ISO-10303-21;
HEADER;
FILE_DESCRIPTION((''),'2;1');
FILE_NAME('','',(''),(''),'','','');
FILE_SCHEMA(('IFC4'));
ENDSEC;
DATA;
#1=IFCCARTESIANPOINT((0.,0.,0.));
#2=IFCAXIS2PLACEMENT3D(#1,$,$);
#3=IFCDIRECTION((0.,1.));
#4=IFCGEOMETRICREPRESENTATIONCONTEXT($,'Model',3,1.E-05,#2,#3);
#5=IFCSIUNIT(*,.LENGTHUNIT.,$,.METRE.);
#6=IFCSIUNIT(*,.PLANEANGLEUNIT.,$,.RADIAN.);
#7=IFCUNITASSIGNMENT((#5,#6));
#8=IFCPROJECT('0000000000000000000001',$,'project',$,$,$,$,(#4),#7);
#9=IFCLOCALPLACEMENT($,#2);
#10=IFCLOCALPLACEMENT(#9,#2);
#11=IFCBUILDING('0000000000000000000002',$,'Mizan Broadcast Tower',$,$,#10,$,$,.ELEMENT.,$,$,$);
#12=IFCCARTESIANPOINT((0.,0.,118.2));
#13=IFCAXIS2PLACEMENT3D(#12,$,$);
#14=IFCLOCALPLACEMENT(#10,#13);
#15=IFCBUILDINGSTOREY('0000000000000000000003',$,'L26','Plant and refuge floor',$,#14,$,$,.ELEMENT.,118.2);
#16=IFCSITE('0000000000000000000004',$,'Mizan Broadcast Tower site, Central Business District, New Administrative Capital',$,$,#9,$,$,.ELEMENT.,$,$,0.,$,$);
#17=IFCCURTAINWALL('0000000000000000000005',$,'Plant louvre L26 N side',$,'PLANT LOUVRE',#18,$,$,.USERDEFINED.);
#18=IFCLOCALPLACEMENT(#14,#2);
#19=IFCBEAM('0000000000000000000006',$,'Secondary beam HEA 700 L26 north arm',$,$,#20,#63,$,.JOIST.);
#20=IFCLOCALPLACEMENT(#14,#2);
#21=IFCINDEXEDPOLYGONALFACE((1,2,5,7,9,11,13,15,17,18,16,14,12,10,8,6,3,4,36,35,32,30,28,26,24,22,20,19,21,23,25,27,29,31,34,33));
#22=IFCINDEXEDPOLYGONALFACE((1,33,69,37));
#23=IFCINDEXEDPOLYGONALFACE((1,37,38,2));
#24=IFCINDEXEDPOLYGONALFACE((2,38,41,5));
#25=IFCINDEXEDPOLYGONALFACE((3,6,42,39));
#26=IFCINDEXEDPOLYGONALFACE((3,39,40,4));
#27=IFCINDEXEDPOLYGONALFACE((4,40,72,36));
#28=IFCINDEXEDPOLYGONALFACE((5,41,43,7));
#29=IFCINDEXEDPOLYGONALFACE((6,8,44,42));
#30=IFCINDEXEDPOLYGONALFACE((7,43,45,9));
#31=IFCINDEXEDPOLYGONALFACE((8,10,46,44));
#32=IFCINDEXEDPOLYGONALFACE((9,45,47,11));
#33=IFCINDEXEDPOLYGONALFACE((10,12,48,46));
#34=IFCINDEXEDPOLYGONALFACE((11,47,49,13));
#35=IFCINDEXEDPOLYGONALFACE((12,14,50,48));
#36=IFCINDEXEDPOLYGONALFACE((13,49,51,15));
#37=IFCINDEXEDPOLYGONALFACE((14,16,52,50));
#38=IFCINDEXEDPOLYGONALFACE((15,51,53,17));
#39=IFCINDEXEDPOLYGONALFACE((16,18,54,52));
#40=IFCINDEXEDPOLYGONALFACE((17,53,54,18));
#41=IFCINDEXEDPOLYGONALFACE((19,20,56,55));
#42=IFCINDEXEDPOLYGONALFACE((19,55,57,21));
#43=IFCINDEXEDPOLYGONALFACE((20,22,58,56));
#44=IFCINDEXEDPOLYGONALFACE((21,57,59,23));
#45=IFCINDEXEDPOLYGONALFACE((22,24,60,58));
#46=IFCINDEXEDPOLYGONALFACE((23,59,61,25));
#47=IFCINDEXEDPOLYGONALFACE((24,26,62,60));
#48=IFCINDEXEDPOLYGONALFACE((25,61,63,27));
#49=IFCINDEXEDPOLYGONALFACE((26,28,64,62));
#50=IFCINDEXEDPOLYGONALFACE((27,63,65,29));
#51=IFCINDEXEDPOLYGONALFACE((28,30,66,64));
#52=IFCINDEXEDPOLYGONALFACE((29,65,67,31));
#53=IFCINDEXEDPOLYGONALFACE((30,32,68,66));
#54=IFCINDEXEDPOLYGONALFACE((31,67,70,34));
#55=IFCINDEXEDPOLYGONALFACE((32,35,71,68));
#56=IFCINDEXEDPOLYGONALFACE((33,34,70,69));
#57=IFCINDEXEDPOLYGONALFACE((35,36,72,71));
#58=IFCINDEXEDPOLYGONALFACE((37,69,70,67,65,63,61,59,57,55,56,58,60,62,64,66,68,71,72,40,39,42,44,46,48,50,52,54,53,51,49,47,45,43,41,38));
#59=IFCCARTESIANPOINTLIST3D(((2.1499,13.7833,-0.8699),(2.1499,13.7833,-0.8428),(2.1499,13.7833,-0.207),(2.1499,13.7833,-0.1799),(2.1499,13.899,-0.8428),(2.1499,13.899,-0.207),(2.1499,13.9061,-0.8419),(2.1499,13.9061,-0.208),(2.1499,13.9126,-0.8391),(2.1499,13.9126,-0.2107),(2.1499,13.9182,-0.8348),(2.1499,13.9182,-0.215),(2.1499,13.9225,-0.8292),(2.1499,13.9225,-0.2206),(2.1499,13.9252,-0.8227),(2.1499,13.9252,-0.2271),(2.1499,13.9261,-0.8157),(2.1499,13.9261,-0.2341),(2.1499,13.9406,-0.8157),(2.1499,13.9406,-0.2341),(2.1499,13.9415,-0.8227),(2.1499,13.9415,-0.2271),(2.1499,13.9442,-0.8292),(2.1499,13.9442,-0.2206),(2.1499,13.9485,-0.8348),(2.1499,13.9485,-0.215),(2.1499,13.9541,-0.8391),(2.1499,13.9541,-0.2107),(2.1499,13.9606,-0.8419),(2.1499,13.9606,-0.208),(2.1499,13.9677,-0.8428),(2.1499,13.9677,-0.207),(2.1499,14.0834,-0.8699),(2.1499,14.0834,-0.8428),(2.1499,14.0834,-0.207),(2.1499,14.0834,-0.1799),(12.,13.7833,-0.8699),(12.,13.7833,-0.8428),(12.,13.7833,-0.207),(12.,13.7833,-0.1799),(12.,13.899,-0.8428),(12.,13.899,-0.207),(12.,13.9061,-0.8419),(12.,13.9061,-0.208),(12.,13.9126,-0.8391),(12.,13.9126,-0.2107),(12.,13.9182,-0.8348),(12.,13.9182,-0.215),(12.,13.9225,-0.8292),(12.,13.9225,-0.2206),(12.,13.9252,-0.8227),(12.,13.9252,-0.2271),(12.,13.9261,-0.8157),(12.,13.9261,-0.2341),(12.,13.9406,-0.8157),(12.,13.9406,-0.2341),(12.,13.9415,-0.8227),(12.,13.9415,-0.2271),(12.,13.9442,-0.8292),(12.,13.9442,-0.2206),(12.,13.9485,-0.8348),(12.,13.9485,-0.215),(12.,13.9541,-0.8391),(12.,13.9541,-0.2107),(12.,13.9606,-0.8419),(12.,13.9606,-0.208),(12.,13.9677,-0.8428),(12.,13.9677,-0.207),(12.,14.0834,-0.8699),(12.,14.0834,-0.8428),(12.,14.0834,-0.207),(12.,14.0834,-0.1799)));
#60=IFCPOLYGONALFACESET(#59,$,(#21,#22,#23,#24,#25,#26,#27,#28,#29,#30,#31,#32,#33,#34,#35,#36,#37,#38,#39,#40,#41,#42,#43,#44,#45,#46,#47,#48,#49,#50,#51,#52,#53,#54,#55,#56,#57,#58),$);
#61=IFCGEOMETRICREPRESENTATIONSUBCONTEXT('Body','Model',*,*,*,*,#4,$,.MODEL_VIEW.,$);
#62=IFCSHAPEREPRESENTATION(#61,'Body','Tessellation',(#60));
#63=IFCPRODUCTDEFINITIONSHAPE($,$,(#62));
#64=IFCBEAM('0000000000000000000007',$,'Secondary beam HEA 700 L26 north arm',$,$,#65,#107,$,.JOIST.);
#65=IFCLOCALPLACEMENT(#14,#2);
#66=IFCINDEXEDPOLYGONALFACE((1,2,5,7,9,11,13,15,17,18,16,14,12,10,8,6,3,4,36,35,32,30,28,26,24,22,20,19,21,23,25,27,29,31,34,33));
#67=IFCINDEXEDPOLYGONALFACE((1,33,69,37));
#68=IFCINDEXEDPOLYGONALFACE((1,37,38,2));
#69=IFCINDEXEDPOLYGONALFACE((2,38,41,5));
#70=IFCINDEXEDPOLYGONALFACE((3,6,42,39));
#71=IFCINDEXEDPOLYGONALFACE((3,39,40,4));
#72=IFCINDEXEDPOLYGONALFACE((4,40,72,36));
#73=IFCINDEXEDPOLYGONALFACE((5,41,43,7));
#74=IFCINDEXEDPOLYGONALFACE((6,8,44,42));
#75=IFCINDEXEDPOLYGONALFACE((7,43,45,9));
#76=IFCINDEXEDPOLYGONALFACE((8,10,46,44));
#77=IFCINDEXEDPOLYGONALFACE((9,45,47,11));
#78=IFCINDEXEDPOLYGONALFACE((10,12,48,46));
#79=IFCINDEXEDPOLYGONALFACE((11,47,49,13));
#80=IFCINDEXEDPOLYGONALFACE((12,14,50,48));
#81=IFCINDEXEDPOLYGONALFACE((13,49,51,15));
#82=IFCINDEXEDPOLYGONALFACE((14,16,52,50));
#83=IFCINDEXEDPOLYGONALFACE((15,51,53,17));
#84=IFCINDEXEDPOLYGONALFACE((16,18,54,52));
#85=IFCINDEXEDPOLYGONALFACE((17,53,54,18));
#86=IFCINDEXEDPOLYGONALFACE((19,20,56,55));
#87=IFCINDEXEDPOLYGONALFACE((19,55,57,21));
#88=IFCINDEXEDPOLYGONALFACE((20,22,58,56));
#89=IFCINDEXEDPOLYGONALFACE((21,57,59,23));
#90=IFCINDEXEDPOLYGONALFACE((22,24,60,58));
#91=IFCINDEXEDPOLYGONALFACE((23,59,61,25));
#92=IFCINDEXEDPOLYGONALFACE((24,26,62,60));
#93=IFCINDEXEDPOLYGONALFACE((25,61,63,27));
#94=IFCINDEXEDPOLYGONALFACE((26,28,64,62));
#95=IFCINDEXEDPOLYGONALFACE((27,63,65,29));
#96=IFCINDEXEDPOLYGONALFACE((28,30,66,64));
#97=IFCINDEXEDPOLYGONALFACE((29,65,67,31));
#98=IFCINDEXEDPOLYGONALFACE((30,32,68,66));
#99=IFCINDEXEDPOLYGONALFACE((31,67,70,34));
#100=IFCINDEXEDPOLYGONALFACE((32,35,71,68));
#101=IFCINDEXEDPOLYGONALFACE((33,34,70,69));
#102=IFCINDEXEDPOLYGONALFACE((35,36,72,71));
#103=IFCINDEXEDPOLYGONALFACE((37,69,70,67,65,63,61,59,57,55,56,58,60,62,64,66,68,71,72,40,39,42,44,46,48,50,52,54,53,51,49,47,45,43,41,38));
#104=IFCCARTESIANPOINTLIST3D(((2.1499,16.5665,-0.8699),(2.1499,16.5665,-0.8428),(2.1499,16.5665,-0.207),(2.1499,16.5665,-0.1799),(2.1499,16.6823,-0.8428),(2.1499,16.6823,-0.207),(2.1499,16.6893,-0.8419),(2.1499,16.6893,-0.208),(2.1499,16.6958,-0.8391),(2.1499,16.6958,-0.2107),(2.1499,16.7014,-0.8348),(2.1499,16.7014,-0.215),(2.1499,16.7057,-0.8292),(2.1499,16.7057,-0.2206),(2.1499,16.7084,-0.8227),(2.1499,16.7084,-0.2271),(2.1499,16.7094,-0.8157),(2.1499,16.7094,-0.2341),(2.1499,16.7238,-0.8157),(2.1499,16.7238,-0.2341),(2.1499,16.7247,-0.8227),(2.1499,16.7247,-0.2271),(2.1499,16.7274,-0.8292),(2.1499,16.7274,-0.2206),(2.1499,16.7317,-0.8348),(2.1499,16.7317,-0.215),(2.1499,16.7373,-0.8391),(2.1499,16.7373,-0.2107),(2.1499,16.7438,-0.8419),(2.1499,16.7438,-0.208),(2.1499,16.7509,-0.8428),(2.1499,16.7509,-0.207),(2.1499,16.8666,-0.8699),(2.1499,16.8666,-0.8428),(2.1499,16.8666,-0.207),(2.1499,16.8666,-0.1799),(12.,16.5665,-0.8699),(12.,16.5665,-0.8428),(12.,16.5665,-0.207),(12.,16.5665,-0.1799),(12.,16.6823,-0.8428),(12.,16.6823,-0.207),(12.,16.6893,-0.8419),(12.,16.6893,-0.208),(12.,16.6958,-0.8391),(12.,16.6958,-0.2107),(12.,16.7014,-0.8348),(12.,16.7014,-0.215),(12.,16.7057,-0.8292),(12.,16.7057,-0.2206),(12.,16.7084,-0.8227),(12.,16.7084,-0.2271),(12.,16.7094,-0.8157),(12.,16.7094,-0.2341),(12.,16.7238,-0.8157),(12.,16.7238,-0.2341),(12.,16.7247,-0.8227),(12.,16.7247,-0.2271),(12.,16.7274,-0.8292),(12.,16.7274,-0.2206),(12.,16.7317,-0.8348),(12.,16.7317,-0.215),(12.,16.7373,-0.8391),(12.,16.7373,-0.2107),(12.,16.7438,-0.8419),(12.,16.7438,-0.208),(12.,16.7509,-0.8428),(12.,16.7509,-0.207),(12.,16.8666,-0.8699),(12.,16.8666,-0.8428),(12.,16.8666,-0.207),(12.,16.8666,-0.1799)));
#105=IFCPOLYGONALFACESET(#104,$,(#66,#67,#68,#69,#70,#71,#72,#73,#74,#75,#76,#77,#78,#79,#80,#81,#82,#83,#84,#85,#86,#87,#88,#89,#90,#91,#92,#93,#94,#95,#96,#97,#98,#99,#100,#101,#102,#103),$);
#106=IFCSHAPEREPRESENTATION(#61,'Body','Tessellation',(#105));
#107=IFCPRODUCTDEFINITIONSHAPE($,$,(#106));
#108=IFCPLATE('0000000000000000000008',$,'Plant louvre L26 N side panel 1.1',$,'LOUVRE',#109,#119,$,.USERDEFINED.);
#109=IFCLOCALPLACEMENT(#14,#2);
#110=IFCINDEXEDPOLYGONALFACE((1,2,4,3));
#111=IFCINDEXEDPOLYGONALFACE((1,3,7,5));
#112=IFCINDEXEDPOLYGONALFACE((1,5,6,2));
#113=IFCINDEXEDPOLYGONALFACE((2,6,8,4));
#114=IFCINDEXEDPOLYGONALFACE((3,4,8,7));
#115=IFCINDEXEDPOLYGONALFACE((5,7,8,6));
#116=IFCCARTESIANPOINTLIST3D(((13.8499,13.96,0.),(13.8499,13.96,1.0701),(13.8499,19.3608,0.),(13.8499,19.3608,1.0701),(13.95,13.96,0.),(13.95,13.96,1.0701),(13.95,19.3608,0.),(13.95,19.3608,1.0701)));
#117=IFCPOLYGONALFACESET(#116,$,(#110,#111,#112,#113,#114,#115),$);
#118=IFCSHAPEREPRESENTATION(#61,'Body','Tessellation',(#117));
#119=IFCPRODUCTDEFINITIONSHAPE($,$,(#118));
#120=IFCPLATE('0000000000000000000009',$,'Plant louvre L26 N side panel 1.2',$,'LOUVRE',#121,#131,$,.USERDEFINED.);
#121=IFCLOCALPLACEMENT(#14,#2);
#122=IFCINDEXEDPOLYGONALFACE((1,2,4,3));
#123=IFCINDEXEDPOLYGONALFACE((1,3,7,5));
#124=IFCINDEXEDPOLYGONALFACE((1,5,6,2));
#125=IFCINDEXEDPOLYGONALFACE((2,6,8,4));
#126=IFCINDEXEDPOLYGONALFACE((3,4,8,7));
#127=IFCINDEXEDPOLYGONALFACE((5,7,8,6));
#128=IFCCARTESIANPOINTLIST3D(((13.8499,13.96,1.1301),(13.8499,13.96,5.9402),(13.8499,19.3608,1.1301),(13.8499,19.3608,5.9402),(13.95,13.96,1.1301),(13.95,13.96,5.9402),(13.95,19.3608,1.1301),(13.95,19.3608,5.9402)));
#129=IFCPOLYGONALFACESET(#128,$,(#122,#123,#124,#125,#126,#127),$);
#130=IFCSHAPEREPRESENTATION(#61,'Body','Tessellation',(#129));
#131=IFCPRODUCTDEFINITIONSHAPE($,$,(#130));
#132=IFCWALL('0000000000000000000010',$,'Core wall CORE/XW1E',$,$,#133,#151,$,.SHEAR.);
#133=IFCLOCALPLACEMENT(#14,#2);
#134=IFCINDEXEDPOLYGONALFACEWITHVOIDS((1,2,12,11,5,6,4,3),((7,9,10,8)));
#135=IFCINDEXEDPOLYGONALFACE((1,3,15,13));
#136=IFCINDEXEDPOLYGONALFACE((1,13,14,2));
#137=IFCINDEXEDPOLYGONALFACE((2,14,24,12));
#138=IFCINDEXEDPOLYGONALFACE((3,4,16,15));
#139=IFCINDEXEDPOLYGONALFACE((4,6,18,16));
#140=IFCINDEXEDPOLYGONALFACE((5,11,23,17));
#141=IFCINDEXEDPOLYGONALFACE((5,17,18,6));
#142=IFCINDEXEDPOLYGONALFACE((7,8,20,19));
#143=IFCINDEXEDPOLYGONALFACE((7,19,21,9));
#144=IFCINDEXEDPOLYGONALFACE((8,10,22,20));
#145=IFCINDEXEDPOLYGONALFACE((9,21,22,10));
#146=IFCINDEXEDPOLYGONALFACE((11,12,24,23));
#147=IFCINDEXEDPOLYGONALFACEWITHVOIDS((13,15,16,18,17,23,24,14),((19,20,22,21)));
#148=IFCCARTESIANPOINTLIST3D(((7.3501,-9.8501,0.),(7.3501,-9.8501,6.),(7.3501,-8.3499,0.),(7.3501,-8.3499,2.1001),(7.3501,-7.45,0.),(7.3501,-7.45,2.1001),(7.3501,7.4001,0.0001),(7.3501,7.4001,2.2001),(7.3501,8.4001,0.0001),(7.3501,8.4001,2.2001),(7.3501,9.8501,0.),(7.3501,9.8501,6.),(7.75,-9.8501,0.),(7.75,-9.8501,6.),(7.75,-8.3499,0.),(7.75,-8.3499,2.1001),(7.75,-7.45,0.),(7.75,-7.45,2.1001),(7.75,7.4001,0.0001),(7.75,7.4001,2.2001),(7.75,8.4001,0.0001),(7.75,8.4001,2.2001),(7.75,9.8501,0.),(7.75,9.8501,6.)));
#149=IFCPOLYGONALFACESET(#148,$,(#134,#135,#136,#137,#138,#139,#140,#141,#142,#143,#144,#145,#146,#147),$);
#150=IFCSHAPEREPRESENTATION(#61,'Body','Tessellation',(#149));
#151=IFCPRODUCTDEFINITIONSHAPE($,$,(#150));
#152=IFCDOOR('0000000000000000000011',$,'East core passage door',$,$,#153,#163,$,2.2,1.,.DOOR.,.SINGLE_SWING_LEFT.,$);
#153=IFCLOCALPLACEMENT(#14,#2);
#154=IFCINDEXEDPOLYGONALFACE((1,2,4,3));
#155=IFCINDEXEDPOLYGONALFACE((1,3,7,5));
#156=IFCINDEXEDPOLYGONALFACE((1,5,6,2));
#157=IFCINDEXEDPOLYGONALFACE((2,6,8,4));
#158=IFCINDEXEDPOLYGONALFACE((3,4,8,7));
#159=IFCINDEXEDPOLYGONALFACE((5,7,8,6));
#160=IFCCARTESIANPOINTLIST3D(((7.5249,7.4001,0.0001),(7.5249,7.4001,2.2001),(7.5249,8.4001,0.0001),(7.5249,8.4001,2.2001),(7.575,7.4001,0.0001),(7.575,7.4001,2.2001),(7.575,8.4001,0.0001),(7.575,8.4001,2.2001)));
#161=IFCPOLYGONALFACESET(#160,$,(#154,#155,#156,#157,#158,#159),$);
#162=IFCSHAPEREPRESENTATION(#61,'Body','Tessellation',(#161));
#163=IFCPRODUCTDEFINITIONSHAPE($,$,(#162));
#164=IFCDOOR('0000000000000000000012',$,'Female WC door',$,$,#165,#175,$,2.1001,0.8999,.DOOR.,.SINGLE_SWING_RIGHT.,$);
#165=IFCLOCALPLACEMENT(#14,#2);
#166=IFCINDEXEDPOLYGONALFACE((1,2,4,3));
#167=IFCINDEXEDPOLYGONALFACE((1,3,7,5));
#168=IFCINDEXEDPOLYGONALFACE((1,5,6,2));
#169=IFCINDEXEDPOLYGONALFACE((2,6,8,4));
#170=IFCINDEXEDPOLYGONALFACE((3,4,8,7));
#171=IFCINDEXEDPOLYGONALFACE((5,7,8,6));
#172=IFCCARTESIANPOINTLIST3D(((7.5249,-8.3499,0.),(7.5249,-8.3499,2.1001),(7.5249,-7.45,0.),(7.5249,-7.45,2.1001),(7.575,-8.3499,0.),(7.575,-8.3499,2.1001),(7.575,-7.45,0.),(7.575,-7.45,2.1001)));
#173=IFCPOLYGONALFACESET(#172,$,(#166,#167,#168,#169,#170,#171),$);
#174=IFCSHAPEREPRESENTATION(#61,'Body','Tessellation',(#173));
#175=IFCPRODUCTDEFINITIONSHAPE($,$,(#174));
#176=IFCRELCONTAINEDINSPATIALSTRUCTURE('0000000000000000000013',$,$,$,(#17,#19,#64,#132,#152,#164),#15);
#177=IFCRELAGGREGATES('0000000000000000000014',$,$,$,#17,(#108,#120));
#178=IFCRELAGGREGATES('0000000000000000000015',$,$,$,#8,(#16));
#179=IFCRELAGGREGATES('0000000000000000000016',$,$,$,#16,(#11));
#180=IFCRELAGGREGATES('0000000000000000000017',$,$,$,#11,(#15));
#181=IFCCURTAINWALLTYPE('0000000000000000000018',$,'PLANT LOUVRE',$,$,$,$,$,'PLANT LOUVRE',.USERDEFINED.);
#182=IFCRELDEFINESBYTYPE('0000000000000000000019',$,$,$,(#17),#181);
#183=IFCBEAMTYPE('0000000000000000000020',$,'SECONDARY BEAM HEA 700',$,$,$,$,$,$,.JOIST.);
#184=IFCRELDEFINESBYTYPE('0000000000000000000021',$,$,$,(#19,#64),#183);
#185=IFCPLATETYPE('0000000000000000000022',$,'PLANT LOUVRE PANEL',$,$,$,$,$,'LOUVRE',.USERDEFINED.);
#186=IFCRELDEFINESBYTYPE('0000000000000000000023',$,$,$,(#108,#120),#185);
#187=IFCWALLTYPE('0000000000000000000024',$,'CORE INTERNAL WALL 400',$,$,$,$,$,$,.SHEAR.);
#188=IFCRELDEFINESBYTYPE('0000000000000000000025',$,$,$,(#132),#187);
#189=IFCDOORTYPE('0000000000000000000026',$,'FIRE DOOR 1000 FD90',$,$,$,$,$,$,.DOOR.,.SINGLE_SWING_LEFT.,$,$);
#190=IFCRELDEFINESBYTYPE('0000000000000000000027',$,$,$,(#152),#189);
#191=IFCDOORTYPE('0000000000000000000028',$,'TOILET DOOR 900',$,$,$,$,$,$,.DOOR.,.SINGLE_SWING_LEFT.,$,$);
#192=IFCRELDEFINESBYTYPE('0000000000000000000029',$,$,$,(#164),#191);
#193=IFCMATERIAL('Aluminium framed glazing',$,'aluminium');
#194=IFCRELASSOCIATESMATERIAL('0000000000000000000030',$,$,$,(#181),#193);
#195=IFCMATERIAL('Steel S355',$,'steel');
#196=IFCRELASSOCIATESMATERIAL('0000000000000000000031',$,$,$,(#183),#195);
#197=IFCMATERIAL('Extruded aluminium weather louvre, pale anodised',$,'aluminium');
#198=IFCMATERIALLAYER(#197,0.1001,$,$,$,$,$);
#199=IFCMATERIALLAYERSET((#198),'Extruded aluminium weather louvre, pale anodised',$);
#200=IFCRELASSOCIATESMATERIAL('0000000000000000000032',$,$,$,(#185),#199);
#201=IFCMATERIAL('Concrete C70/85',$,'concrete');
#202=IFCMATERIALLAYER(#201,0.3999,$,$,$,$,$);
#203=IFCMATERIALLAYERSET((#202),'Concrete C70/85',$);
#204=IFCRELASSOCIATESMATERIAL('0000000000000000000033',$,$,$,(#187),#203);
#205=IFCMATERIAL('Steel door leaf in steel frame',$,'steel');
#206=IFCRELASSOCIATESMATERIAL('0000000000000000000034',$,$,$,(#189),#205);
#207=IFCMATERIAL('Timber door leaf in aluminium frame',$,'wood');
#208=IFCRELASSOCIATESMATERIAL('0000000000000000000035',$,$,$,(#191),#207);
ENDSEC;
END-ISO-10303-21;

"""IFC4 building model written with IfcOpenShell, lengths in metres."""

from ifc_helpers import new_model, si_unit, direction, frame, frame_2d, origin, origin_2d, place, context, subcontext, project, spatial, rectangle, i_section, extrude, material, layer, layer_set, material_profile, profile_set, type_object, element, fill, aggregate, save


model = new_model("IFC4")

# Units and contexts
model_context = context("Model", 3, precision=1e-05, world=origin(), true_north=direction((0.0, 1.0)))
body_context = subcontext(model_context, "Body", "Model", "MODEL_VIEW")
ifc_project = project(units=[si_unit("LENGTHUNIT", "METRE"), si_unit("PLANEANGLEUNIT", "RADIAN")], contexts=[model_context])

# Site, building, storey
site_placement = place(None, origin())
site = spatial("IfcSite", under=ifc_project, at=site_placement, Name="Mizan Broadcast Tower site, Central Business District, New Administrative Capital", CompositionType="ELEMENT", RefElevation=0.0)
building_placement = place(site_placement, origin())
building = spatial("IfcBuilding", under=site, at=building_placement, Name="Mizan Broadcast Tower", CompositionType="ELEMENT")
storey_placement = place(building_placement, frame((0.0, 0.0, 118.2)))
storey = spatial("IfcBuildingStorey", under=building, at=storey_placement, Name="L26", Description="Plant and refuge floor", CompositionType="ELEMENT", Elevation=118.2)

# Curtain wall
ifc_material_1 = material(Name="Aluminium framed glazing", Category="aluminium")
curtain_wall_type = type_object("IfcCurtainWallType", Name="PLANT LOUVRE", ElementType="PLANT LOUVRE", PredefinedType="USERDEFINED", material=ifc_material_1)
curtain_wall_placement = place(storey_placement, origin())
curtain_wall = element("IfcCurtainWall", 1, at=curtain_wall_placement, inside=storey, type_object=curtain_wall_type, Name="Plant louvre L26 N side", ObjectType="PLANT LOUVRE", PredefinedType="USERDEFINED")

# Beams
ifc_material_2 = material(Name="Steel S355", Category="steel")
ifc_material_profile_1 = material_profile(ifc_material_2, i_section(OverallWidth=0.3, OverallDepth=0.6899, WebThickness=0.0144, FlangeThickness=0.0271, FilletRadius=0.0271, at=origin_2d()), Name="HEA 700")
ifc_profile_set_1 = profile_set([ifc_material_profile_1], Name="Steel S355")
beam_type_1 = type_object("IfcBeamType", Name="SECONDARY BEAM HEA 700", PredefinedType="JOIST", material=ifc_profile_set_1)
for number, where, z_axis, x_axis, name in (
    (2, (12.0, 13.9333, -0.5249), (-1.0, 0.0, 0.0), (0.0, -1.0, 0.0), "Secondary beam HEA 700 L26 north arm"),
    (3, (12.0, 16.7166, -0.5249), (-1.0, 0.0, 0.0), (0.0, -1.0, 0.0), "Secondary beam HEA 700 L26 north arm"),
):
    element("IfcBeam", number, at=place(storey_placement, frame(where, z_axis=z_axis, x_axis=x_axis)), inside=storey, type_object=beam_type_1, Name=name, PredefinedType="JOIST", context=body_context, shape_type="SweptSolid", body=[
        extrude(i_section(OverallWidth=0.3, OverallDepth=0.6899, WebThickness=0.0144, FlangeThickness=0.0271, FilletRadius=0.0271, at=origin_2d()), origin(), (0.0, 0.0, 1.0), 9.8501),
    ])

# Plates
ifc_material_3 = material(Name="Extruded aluminium weather louvre, pale anodised", Category="aluminium")
ifc_layer_1 = layer(ifc_material_3, 0.1001)
ifc_layer_set_1 = layer_set([ifc_layer_1], Name="Extruded aluminium weather louvre, pale anodised")
plate_type = type_object("IfcPlateType", Name="PLANT LOUVRE PANEL", ElementType="LOUVRE", PredefinedType="USERDEFINED", material=ifc_layer_set_1)
plate_1_placement = place(storey_placement, frame((13.8999, 16.6604, 0.0), z_axis=(0.0, 0.0, 1.0), x_axis=(0.0, 1.0, 0.0)))
plate_1 = element("IfcPlate", 4, at=plate_1_placement, type_object=plate_type, Name="Plant louvre L26 N side panel 1.1", ObjectType="LOUVRE", PredefinedType="USERDEFINED", context=body_context, shape_type="SweptSolid", body=[
    extrude(rectangle(XDim=5.4009, YDim=0.1001, at=origin_2d()), origin(), (0.0, 0.0, 1.0), 1.0701),
])
plate_2_placement = place(storey_placement, frame((13.8999, 16.6604, 1.1301), z_axis=(0.0, 0.0, 1.0), x_axis=(0.0, 1.0, 0.0)))
plate_2 = element("IfcPlate", 5, at=plate_2_placement, type_object=plate_type, Name="Plant louvre L26 N side panel 1.2", ObjectType="LOUVRE", PredefinedType="USERDEFINED", context=body_context, shape_type="SweptSolid", body=[
    extrude(rectangle(XDim=5.4009, YDim=0.1001, at=origin_2d()), origin(), (0.0, 0.0, 1.0), 4.8101),
])
aggregate(curtain_wall, [plate_1, plate_2])

# Wall, openings, doors
ifc_material_4 = material(Name="Concrete C70/85", Category="concrete")
ifc_layer_2 = layer(ifc_material_4, 0.3999)
ifc_layer_set_2 = layer_set([ifc_layer_2], Name="Concrete C70/85")
wall_type_1 = type_object("IfcWallType", Name="CORE INTERNAL WALL 400", PredefinedType="SHEAR", material=ifc_layer_set_2)
wall_1_placement = place(storey_placement, frame((7.55, 9.8501, 0.0), z_axis=(0.0, 0.0, 1.0), x_axis=(0.0, -1.0, 0.0)))
wall_1 = element("IfcWall", 6, at=wall_1_placement, inside=storey, type_object=wall_type_1, Name="Core wall CORE/XW1E", PredefinedType="SHEAR", context=body_context, shape_type="SweptSolid", body=[
    extrude(rectangle(XDim=19.7002, YDim=0.3999, at=frame_2d((9.8501, 0.0))), origin(), (0.0, 0.0, 1.0), 6.0),
])
opening_1_placement = place(wall_1_placement, frame((1.45, 0.0, 0.0)))
opening_1 = element("IfcOpeningElement", 7, at=opening_1_placement, cuts=wall_1, PredefinedType="OPENING", context=body_context, shape_type="SweptSolid", body=[
    extrude(rectangle(XDim=1.0, YDim=2.2, at=frame_2d((0.5, 1.1001))), frame((0.0, 0.21, 0.0), z_axis=(0.0, -1.0, 0.0), x_axis=(1.0, 0.0, 0.0)), (0.0, 0.0, 1.0), 0.4199),
])
opening_2_placement = place(wall_1_placement, frame((17.3, 0.0, 0.0)))
opening_2 = element("IfcOpeningElement", 8, at=opening_2_placement, cuts=wall_1, PredefinedType="OPENING", context=body_context, shape_type="SweptSolid", body=[
    extrude(rectangle(XDim=0.8999, YDim=2.1001, at=frame_2d((0.45, 1.05))), frame((0.0, 0.21, 0.0), z_axis=(0.0, -1.0, 0.0), x_axis=(1.0, 0.0, 0.0)), (0.0, 0.0, 1.0), 0.4199),
])
ifc_material_5 = material(Name="Steel door leaf in steel frame", Category="steel")
door_type_1 = type_object("IfcDoorType", Name="FIRE DOOR 1000 FD90", OperationType="SINGLE_SWING_LEFT", PredefinedType="DOOR", material=ifc_material_5)
door_1_placement = place(opening_1_placement, origin())
door_1 = element("IfcDoor", 9, at=door_1_placement, inside=storey, type_object=door_type_1, Name="East core passage door", OperationType="SINGLE_SWING_LEFT", OverallHeight=2.2, OverallWidth=1.0, PredefinedType="DOOR", context=body_context, shape_type="SweptSolid", body=[
    extrude(rectangle(XDim=1.0, YDim=2.2, at=frame_2d((0.5, 1.1001))), frame((0.0, 0.0249, 0.0), z_axis=(0.0, -1.0, 0.0), x_axis=(1.0, 0.0, 0.0)), (0.0, 0.0, 1.0), 0.05),
])
fill(opening_1, door_1)
ifc_material_6 = material(Name="Timber door leaf in aluminium frame", Category="wood")
door_type_2 = type_object("IfcDoorType", Name="TOILET DOOR 900", OperationType="SINGLE_SWING_LEFT", PredefinedType="DOOR", material=ifc_material_6)
door_2_placement = place(opening_2_placement, origin())
door_2 = element("IfcDoor", 10, at=door_2_placement, inside=storey, type_object=door_type_2, Name="Female WC door", OperationType="SINGLE_SWING_RIGHT", OverallHeight=2.1001, OverallWidth=0.8999, PredefinedType="DOOR", context=body_context, shape_type="SweptSolid", body=[
    extrude(rectangle(XDim=0.8999, YDim=2.1001, at=frame_2d((0.45, 1.05))), frame((0.0, 0.0249, 0.0), z_axis=(0.0, -1.0, 0.0), x_axis=(1.0, 0.0, 0.0)), (0.0, 0.0, 1.0), 0.05),
])
fill(opening_2, door_2)

save(model, "model.ifc")
